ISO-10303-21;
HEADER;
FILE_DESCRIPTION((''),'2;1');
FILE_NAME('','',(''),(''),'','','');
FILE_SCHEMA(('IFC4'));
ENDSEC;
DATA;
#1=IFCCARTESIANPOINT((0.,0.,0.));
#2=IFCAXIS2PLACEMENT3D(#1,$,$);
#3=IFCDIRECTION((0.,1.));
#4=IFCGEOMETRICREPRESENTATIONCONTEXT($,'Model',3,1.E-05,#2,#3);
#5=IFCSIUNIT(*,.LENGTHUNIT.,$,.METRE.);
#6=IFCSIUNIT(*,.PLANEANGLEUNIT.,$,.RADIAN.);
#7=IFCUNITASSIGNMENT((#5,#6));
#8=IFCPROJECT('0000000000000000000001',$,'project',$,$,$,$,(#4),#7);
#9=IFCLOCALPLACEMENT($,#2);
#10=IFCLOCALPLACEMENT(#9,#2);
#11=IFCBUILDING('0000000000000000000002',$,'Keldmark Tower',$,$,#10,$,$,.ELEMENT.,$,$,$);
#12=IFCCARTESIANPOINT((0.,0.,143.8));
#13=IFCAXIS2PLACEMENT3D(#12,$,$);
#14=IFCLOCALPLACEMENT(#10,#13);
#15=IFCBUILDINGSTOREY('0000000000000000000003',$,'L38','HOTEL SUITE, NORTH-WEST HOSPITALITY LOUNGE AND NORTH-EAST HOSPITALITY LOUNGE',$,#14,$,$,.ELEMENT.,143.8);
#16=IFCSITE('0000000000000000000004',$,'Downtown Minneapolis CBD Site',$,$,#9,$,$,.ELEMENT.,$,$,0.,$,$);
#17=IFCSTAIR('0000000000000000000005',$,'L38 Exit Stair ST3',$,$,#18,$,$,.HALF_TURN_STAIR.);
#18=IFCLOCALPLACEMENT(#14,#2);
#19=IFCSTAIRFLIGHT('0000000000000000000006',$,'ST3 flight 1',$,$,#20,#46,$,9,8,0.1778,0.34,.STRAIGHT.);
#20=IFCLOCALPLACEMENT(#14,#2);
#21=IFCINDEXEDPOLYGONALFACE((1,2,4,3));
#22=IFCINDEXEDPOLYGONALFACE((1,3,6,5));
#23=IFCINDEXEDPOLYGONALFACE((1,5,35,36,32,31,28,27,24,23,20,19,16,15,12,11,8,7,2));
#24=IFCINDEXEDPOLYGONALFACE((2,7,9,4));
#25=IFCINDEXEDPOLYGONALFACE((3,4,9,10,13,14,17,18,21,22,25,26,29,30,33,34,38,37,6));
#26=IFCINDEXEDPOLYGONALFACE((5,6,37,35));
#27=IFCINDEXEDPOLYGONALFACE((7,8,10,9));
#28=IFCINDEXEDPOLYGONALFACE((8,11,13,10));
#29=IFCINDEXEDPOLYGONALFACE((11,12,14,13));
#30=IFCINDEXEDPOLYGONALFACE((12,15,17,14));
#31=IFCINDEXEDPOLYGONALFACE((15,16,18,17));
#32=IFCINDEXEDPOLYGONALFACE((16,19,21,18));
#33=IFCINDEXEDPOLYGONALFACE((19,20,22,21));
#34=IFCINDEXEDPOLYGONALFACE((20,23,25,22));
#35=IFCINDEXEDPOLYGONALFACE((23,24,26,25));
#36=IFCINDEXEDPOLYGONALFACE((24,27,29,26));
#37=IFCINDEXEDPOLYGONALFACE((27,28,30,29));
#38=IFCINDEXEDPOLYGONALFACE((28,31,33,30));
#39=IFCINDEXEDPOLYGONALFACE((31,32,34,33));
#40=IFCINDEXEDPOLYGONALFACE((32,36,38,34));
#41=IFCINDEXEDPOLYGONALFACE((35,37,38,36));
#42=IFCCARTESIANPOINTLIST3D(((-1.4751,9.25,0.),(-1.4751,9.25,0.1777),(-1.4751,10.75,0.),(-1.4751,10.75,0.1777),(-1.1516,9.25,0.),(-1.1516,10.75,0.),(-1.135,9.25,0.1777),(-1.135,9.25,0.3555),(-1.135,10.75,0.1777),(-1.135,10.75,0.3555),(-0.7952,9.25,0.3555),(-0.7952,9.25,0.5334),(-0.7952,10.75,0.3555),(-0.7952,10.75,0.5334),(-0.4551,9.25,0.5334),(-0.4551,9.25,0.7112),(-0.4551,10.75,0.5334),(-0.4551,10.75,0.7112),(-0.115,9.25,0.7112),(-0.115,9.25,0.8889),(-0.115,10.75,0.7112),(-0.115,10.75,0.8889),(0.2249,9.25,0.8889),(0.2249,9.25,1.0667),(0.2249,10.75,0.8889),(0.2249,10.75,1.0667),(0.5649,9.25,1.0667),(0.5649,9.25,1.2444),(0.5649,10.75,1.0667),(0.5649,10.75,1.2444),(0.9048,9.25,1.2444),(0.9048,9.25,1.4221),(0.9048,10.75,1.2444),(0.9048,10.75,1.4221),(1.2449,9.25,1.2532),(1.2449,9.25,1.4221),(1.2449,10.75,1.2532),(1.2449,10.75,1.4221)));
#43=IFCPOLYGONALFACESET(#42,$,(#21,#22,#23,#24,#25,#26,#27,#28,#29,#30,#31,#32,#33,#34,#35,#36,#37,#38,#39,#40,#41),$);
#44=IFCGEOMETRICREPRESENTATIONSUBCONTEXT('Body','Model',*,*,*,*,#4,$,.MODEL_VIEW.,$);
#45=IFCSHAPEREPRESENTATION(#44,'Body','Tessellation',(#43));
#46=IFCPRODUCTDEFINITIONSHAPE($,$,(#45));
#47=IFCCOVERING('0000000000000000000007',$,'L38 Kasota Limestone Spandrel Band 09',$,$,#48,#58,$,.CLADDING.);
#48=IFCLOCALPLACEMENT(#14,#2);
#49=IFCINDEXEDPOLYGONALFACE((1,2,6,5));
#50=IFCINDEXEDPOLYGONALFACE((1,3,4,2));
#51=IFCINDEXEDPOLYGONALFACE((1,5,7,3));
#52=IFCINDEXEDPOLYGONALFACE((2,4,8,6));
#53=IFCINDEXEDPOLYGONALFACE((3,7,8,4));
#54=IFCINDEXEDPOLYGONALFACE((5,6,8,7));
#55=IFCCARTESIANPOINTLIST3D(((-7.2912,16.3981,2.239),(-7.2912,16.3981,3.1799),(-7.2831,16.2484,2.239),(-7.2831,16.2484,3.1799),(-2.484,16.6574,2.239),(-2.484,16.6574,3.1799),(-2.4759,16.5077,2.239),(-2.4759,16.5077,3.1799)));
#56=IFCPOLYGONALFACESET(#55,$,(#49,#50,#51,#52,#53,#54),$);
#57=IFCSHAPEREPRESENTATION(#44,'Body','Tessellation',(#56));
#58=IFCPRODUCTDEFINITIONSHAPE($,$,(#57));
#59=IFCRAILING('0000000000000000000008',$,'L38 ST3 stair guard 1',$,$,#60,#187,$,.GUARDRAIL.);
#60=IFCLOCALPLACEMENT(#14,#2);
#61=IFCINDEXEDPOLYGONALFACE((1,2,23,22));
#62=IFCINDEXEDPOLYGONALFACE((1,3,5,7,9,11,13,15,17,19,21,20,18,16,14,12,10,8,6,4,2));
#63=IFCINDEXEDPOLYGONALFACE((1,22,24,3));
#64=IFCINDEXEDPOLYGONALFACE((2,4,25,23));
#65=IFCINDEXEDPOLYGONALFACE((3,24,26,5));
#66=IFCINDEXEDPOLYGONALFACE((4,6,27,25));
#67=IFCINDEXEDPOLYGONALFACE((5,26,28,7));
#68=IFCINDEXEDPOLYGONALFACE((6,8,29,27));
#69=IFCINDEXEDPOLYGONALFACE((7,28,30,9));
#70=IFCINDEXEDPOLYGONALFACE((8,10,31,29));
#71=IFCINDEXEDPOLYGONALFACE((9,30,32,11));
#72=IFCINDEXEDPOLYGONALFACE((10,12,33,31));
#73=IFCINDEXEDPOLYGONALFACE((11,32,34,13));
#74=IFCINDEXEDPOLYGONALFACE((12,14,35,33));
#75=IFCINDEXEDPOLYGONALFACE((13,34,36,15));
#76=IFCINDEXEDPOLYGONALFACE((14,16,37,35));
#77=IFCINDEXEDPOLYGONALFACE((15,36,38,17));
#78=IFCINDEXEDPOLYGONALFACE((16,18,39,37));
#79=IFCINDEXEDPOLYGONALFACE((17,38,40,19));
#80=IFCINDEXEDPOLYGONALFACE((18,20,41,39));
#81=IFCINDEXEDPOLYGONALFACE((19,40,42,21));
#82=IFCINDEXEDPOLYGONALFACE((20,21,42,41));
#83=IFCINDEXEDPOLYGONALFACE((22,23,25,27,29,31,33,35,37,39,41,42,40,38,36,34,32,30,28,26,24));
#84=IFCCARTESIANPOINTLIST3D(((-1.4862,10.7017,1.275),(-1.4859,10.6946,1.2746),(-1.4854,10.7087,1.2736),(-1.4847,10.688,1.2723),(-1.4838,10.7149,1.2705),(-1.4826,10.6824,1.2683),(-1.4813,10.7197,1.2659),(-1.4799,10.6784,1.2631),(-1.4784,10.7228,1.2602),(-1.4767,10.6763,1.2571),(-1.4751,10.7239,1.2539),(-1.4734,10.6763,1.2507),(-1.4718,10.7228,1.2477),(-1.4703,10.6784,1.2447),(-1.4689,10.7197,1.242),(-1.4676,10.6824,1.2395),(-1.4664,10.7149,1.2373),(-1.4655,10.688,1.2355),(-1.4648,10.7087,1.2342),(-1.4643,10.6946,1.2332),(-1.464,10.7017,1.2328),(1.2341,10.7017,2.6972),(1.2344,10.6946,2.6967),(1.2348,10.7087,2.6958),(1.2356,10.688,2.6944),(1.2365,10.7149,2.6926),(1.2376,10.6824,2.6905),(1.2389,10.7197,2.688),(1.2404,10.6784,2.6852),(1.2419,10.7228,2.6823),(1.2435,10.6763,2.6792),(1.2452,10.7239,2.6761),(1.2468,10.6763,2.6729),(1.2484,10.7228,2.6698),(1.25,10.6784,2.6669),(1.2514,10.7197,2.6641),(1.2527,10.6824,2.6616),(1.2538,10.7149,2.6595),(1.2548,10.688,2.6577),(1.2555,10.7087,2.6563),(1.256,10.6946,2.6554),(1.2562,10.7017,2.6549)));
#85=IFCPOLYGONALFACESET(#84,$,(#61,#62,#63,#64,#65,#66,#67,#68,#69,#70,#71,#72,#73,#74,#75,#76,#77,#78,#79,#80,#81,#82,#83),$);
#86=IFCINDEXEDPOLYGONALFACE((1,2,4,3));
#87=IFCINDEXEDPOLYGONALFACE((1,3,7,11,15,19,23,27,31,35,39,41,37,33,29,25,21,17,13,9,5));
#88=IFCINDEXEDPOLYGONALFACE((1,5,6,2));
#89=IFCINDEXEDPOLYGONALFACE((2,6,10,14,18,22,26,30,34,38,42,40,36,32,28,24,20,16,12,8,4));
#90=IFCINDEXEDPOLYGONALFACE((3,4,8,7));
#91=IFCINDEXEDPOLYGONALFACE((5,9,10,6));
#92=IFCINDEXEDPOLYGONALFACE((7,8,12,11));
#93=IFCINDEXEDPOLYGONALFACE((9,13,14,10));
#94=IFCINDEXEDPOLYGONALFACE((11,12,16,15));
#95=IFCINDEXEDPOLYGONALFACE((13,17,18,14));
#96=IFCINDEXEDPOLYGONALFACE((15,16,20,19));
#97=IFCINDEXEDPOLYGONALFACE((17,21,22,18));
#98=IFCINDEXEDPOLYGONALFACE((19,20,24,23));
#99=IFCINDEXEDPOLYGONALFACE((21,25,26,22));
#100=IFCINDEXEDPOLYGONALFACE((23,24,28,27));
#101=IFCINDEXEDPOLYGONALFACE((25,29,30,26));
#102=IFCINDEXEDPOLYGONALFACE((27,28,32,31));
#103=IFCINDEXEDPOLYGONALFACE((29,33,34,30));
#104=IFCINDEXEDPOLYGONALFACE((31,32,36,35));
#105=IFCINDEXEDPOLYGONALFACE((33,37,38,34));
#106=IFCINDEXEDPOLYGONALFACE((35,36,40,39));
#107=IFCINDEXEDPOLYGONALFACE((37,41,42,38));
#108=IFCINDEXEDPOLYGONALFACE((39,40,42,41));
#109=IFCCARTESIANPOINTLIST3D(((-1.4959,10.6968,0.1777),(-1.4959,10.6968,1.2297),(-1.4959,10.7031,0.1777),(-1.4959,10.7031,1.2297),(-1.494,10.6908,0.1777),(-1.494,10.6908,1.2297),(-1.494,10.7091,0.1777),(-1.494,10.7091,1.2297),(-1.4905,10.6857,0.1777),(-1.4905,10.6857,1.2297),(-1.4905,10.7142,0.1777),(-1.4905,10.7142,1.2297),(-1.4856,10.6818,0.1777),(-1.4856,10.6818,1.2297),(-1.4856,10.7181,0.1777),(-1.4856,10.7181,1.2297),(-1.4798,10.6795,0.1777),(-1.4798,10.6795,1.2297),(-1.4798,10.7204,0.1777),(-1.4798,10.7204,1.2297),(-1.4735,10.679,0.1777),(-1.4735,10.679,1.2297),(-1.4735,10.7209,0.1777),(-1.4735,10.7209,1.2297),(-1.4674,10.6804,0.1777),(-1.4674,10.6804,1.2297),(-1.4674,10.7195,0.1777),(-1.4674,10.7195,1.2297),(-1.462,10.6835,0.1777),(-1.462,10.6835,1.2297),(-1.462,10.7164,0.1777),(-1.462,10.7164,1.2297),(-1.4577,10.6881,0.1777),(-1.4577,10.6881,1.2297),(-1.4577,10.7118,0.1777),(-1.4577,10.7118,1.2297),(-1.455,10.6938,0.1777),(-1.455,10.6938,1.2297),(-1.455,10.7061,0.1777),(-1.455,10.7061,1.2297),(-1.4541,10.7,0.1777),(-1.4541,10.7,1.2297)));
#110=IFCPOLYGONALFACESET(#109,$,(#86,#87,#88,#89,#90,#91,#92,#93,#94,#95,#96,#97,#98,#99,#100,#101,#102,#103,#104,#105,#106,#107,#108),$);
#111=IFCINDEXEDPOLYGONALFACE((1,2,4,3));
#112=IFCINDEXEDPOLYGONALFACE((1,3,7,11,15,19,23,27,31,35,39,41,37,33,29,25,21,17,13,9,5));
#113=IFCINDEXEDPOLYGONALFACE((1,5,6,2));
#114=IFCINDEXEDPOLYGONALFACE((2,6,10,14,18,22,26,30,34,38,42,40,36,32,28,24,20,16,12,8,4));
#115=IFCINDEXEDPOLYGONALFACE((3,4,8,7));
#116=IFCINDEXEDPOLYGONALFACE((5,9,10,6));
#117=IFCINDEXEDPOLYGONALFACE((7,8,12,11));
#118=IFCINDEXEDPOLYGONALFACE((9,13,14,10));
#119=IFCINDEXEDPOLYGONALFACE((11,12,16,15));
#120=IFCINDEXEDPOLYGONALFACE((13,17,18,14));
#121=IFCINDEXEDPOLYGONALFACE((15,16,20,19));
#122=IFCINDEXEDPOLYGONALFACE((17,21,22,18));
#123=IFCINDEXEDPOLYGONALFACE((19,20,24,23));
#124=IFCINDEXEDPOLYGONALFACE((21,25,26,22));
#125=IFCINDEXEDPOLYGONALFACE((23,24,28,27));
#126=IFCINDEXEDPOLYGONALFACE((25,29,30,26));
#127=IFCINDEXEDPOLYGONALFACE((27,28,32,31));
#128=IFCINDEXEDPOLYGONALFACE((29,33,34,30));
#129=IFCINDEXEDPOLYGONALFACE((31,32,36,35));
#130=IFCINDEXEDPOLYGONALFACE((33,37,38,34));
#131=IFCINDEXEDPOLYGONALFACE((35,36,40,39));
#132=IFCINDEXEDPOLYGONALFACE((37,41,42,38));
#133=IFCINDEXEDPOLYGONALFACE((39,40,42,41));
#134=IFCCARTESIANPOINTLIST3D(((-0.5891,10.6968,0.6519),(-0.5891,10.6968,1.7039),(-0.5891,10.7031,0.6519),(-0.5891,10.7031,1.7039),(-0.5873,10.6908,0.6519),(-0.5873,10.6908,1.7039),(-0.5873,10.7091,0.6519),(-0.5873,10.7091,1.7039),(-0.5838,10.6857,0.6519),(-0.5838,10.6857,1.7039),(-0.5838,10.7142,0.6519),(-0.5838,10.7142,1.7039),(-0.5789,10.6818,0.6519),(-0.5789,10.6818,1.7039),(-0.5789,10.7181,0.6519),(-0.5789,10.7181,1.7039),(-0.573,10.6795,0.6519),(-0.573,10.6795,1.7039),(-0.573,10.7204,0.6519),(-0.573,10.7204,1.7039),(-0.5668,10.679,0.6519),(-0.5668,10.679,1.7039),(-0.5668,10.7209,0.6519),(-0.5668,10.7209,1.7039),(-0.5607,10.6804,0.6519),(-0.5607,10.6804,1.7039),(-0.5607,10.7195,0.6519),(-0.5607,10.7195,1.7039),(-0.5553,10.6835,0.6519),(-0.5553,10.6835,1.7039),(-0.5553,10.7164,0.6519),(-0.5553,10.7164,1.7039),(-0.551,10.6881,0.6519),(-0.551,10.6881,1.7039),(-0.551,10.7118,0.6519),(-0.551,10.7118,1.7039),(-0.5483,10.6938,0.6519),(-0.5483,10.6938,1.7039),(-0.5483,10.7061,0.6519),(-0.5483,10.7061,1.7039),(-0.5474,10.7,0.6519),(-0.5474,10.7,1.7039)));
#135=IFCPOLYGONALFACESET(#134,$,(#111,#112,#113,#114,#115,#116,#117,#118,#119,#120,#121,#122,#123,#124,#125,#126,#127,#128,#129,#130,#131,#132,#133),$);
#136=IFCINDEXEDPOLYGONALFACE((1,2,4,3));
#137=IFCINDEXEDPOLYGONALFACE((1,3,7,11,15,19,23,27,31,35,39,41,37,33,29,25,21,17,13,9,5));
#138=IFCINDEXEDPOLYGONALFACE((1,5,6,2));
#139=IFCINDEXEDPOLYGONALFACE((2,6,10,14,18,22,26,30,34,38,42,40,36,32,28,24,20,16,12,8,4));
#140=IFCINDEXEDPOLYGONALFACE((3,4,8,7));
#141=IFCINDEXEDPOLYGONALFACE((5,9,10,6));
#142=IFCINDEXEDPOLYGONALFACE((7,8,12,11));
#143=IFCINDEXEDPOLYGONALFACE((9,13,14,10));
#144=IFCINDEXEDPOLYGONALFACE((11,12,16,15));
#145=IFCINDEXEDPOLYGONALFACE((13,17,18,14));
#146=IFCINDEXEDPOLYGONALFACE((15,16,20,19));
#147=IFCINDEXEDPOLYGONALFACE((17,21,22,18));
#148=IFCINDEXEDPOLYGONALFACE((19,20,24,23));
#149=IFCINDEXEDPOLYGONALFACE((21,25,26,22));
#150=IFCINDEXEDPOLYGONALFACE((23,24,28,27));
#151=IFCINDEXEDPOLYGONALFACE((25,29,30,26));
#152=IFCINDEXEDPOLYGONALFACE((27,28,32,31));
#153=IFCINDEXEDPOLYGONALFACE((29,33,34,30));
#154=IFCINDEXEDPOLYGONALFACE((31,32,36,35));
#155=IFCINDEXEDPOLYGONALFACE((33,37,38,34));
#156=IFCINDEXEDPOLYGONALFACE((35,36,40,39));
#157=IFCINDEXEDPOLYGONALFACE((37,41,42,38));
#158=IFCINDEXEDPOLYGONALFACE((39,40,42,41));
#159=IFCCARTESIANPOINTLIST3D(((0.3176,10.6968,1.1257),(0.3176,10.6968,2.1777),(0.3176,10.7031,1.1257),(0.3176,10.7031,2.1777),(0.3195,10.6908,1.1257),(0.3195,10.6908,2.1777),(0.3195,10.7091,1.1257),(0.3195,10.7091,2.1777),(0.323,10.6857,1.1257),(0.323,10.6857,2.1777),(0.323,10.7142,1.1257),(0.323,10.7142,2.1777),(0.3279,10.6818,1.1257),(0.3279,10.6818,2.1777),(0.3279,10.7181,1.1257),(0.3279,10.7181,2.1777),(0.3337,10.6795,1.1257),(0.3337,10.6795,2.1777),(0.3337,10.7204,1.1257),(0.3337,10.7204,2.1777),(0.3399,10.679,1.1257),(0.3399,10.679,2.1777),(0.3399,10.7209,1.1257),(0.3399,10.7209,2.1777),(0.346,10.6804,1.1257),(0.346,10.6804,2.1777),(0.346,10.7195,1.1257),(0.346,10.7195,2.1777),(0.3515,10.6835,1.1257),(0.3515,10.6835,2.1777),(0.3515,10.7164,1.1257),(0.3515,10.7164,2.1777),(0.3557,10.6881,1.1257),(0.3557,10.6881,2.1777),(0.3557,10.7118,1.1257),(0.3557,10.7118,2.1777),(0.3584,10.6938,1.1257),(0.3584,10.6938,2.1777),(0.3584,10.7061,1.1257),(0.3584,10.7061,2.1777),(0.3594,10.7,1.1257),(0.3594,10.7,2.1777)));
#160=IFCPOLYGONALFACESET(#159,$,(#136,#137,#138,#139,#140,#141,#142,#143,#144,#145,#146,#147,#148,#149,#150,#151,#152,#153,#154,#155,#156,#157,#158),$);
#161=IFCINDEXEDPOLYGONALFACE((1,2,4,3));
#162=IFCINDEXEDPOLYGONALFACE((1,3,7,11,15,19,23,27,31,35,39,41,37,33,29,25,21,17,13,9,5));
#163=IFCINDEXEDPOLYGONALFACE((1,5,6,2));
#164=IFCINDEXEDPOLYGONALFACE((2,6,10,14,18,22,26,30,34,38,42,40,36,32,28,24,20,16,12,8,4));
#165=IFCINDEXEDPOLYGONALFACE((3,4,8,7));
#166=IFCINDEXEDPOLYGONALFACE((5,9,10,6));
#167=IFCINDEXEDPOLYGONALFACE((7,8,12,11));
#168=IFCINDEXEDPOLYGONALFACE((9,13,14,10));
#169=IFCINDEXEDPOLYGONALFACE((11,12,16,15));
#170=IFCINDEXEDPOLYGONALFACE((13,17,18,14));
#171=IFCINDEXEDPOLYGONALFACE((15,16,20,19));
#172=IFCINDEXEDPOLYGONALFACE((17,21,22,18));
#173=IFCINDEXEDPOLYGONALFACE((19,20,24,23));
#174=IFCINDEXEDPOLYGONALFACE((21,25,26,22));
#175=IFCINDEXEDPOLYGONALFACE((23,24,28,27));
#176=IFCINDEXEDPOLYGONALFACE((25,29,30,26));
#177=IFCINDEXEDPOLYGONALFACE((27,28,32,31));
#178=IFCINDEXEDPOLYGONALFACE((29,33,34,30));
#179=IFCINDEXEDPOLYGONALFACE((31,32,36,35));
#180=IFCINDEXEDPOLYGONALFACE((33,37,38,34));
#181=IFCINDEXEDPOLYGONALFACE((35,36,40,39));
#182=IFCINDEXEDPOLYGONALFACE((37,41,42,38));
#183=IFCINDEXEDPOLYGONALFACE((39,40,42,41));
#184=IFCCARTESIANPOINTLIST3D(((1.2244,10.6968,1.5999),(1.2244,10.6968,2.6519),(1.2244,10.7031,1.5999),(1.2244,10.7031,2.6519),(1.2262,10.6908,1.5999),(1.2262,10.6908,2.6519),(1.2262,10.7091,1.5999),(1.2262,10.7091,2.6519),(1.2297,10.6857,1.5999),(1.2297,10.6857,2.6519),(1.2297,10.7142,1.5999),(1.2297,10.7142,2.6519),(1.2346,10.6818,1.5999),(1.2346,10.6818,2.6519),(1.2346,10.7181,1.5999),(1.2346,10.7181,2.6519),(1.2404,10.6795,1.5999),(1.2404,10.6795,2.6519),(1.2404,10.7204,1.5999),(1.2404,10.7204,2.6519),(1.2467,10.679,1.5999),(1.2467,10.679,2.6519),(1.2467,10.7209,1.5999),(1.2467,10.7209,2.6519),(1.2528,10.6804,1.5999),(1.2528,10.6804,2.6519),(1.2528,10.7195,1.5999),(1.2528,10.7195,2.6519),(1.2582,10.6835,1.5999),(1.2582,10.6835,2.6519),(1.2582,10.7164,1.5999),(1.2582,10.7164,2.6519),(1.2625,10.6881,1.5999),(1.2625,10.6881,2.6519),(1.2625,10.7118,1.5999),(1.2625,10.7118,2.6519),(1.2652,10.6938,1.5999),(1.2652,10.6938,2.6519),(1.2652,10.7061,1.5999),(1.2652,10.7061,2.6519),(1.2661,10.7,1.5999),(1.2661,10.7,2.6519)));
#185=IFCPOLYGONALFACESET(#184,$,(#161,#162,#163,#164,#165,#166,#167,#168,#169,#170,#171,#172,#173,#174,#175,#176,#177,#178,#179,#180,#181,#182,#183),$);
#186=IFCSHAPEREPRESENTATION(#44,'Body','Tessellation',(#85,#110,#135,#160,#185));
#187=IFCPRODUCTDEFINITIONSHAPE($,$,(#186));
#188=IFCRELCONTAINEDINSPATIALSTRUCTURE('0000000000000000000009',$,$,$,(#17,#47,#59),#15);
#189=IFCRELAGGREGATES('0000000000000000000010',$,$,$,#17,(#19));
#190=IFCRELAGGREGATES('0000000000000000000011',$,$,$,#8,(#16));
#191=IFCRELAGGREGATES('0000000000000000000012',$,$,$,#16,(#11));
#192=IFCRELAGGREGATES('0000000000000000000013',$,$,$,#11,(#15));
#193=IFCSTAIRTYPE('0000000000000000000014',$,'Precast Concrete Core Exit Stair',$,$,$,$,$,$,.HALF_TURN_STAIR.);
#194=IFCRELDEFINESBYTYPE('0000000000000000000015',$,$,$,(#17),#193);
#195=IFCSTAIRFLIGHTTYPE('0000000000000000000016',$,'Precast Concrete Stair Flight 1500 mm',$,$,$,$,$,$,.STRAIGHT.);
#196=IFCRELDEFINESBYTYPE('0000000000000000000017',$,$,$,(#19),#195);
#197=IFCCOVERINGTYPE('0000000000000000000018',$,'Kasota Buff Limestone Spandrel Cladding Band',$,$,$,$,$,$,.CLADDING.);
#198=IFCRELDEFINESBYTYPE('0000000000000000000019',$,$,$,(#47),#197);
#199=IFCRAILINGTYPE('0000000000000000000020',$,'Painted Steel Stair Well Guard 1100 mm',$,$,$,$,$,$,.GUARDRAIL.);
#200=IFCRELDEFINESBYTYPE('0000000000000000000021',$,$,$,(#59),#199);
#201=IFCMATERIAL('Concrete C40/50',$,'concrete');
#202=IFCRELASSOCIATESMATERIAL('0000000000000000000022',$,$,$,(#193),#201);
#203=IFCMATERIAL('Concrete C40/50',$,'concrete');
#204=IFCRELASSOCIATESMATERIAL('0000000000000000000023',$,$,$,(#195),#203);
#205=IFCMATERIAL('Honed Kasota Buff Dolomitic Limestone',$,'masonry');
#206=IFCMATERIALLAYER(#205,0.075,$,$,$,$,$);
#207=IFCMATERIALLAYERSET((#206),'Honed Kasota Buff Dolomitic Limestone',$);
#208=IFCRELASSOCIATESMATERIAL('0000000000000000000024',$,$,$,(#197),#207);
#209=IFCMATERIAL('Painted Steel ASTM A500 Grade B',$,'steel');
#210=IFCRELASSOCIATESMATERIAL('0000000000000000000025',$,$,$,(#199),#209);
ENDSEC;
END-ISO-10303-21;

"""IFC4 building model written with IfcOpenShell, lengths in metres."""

from ifc_helpers import new_model, si_unit, direction, frame, origin, origin_2d, place, context, subcontext, project, spatial, polyline, rectangle, circle, outline, extrude, material, layer, layer_set, type_object, element, aggregate, save


model = new_model("IFC4")

# Units and contexts
model_context = context("Model", 3, precision=1e-05, world=origin(), true_north=direction((0.0, 1.0)))
body_context = subcontext(model_context, "Body", "Model", "MODEL_VIEW")
ifc_project = project(units=[si_unit("LENGTHUNIT", "METRE"), si_unit("PLANEANGLEUNIT", "RADIAN")], contexts=[model_context])

# Site, building, storey
site_placement = place(None, origin())
site = spatial("IfcSite", under=ifc_project, at=site_placement, Name="Downtown Minneapolis CBD Site", CompositionType="ELEMENT", RefElevation=0.0)
building_placement = place(site_placement, origin())
building = spatial("IfcBuilding", under=site, at=building_placement, Name="Keldmark Tower", CompositionType="ELEMENT")
storey_placement = place(building_placement, frame((0.0, 0.0, 143.8)))
storey = spatial("IfcBuildingStorey", under=building, at=storey_placement, Name="L38", Description="HOTEL SUITE, NORTH-WEST HOSPITALITY LOUNGE AND NORTH-EAST HOSPITALITY LOUNGE", CompositionType="ELEMENT", Elevation=143.8)

# Stair, stair flight
ifc_material_1 = material(Name="Concrete C40/50", Category="concrete")
stair_type = type_object("IfcStairType", Name="Precast Concrete Core Exit Stair", PredefinedType="HALF_TURN_STAIR", material=ifc_material_1)
stair_placement = place(storey_placement, origin())
stair = element("IfcStair", 1, at=stair_placement, inside=storey, type_object=stair_type, Name="L38 Exit Stair ST3", PredefinedType="HALF_TURN_STAIR")
ifc_material_2 = material(Name="Concrete C40/50", Category="concrete")
stair_flight_type = type_object("IfcStairFlightType", Name="Precast Concrete Stair Flight 1500 mm", PredefinedType="STRAIGHT", material=ifc_material_2)
stair_flight_placement = place(storey_placement, frame((-1.4751, 10.0, 0.0), z_axis=(0.0, 0.0, 1.0), x_axis=(1.0, 0.0, 0.0)))
stair_flight = element("IfcStairFlight", 2, at=stair_flight_placement, type_object=stair_flight_type, Name="ST3 flight 1", NumberOfRisers=9, NumberOfTreads=8, PredefinedType="STRAIGHT", RiserHeight=0.1778, TreadLength=0.34, context=body_context, shape_type="SweptSolid", body=[
    extrude(outline(polyline([(0.0, 0.0), (0.0, 0.1777), (0.3401, 0.1777), (0.3401, 0.3555), (0.6799, 0.3555), (0.6799, 0.5334), (1.02, 0.5334), (1.02, 0.7112), (1.3601, 0.7112), (1.3601, 0.8889), (1.7, 0.8889), (1.7, 1.0667), (2.04, 1.0667), (2.04, 1.2444), (2.3799, 1.2444), (2.3799, 1.4221), (2.72, 1.4221), (2.72, 1.6001), (2.72, 1.2532), (0.3235, 0.0), (0.0, 0.0)])), frame((0.0, 0.75, 0.0), z_axis=(0.0, -1.0, 0.0), x_axis=(1.0, 0.0, 0.0)), (0.0, 0.0, 1.0), 1.5),
])
aggregate(stair, [stair_flight])

# Covering
ifc_material_3 = material(Name="Honed Kasota Buff Dolomitic Limestone", Category="masonry")
ifc_layer_1 = layer(ifc_material_3, 0.075)
ifc_layer_set_1 = layer_set([ifc_layer_1], Name="Honed Kasota Buff Dolomitic Limestone")
covering_type = type_object("IfcCoveringType", Name="Kasota Buff Limestone Spandrel Cladding Band", PredefinedType="CLADDING", material=ifc_layer_set_1)
covering_placement = place(storey_placement, frame((-4.8835, 16.4529, 2.239), z_axis=(0.0, 0.0, 1.0), x_axis=(-0.998549, -0.053852, 0.0)))
element("IfcCovering", 3, at=covering_placement, inside=storey, type_object=covering_type, Name="L38 Kasota Limestone Spandrel Band 09", PredefinedType="CLADDING", context=body_context, shape_type="SweptSolid", body=[
    extrude(rectangle(XDim=4.8142, YDim=0.1499, at=origin_2d()), origin(), (0.0, 0.0, 1.0), 0.9409),
])

# Railing
ifc_material_4 = material(Name="Painted Steel ASTM A500 Grade B", Category="steel")
railing_type = type_object("IfcRailingType", Name="Painted Steel Stair Well Guard 1100 mm", PredefinedType="GUARDRAIL", material=ifc_material_4)
railing_1_placement = place(storey_placement, frame((-1.4751, 10.7, 0.1777)))
element("IfcRailing", 4, at=railing_1_placement, inside=storey, type_object=railing_type, Name="L38 ST3 stair guard 1", PredefinedType="GUARDRAIL", context=body_context, shape_type="SweptSolid", body=[
    extrude(circle(Radius=0.0239, at=origin_2d()), frame((0.0, 0.0, 1.0762), z_axis=(0.8862, 0.0, 0.463302), x_axis=(0.0, 1.0, 0.0)), (0.0, 0.0, 1.0), 3.0696),
    extrude(circle(Radius=0.021, at=origin_2d()), origin(), (0.0, 0.0, 1.0), 1.052),
    extrude(circle(Radius=0.021, at=origin_2d()), frame((0.9067, 0.0, 0.4741)), (0.0, 0.0, 1.0), 1.052),
    extrude(circle(Radius=0.021, at=origin_2d()), frame((1.8135, 0.0, 0.948)), (0.0, 0.0, 1.0), 1.052),
    extrude(circle(Radius=0.021, at=origin_2d()), frame((2.7202, 0.0, 1.4221)), (0.0, 0.0, 1.0), 1.052),
])

save(model, "model.ifc")
